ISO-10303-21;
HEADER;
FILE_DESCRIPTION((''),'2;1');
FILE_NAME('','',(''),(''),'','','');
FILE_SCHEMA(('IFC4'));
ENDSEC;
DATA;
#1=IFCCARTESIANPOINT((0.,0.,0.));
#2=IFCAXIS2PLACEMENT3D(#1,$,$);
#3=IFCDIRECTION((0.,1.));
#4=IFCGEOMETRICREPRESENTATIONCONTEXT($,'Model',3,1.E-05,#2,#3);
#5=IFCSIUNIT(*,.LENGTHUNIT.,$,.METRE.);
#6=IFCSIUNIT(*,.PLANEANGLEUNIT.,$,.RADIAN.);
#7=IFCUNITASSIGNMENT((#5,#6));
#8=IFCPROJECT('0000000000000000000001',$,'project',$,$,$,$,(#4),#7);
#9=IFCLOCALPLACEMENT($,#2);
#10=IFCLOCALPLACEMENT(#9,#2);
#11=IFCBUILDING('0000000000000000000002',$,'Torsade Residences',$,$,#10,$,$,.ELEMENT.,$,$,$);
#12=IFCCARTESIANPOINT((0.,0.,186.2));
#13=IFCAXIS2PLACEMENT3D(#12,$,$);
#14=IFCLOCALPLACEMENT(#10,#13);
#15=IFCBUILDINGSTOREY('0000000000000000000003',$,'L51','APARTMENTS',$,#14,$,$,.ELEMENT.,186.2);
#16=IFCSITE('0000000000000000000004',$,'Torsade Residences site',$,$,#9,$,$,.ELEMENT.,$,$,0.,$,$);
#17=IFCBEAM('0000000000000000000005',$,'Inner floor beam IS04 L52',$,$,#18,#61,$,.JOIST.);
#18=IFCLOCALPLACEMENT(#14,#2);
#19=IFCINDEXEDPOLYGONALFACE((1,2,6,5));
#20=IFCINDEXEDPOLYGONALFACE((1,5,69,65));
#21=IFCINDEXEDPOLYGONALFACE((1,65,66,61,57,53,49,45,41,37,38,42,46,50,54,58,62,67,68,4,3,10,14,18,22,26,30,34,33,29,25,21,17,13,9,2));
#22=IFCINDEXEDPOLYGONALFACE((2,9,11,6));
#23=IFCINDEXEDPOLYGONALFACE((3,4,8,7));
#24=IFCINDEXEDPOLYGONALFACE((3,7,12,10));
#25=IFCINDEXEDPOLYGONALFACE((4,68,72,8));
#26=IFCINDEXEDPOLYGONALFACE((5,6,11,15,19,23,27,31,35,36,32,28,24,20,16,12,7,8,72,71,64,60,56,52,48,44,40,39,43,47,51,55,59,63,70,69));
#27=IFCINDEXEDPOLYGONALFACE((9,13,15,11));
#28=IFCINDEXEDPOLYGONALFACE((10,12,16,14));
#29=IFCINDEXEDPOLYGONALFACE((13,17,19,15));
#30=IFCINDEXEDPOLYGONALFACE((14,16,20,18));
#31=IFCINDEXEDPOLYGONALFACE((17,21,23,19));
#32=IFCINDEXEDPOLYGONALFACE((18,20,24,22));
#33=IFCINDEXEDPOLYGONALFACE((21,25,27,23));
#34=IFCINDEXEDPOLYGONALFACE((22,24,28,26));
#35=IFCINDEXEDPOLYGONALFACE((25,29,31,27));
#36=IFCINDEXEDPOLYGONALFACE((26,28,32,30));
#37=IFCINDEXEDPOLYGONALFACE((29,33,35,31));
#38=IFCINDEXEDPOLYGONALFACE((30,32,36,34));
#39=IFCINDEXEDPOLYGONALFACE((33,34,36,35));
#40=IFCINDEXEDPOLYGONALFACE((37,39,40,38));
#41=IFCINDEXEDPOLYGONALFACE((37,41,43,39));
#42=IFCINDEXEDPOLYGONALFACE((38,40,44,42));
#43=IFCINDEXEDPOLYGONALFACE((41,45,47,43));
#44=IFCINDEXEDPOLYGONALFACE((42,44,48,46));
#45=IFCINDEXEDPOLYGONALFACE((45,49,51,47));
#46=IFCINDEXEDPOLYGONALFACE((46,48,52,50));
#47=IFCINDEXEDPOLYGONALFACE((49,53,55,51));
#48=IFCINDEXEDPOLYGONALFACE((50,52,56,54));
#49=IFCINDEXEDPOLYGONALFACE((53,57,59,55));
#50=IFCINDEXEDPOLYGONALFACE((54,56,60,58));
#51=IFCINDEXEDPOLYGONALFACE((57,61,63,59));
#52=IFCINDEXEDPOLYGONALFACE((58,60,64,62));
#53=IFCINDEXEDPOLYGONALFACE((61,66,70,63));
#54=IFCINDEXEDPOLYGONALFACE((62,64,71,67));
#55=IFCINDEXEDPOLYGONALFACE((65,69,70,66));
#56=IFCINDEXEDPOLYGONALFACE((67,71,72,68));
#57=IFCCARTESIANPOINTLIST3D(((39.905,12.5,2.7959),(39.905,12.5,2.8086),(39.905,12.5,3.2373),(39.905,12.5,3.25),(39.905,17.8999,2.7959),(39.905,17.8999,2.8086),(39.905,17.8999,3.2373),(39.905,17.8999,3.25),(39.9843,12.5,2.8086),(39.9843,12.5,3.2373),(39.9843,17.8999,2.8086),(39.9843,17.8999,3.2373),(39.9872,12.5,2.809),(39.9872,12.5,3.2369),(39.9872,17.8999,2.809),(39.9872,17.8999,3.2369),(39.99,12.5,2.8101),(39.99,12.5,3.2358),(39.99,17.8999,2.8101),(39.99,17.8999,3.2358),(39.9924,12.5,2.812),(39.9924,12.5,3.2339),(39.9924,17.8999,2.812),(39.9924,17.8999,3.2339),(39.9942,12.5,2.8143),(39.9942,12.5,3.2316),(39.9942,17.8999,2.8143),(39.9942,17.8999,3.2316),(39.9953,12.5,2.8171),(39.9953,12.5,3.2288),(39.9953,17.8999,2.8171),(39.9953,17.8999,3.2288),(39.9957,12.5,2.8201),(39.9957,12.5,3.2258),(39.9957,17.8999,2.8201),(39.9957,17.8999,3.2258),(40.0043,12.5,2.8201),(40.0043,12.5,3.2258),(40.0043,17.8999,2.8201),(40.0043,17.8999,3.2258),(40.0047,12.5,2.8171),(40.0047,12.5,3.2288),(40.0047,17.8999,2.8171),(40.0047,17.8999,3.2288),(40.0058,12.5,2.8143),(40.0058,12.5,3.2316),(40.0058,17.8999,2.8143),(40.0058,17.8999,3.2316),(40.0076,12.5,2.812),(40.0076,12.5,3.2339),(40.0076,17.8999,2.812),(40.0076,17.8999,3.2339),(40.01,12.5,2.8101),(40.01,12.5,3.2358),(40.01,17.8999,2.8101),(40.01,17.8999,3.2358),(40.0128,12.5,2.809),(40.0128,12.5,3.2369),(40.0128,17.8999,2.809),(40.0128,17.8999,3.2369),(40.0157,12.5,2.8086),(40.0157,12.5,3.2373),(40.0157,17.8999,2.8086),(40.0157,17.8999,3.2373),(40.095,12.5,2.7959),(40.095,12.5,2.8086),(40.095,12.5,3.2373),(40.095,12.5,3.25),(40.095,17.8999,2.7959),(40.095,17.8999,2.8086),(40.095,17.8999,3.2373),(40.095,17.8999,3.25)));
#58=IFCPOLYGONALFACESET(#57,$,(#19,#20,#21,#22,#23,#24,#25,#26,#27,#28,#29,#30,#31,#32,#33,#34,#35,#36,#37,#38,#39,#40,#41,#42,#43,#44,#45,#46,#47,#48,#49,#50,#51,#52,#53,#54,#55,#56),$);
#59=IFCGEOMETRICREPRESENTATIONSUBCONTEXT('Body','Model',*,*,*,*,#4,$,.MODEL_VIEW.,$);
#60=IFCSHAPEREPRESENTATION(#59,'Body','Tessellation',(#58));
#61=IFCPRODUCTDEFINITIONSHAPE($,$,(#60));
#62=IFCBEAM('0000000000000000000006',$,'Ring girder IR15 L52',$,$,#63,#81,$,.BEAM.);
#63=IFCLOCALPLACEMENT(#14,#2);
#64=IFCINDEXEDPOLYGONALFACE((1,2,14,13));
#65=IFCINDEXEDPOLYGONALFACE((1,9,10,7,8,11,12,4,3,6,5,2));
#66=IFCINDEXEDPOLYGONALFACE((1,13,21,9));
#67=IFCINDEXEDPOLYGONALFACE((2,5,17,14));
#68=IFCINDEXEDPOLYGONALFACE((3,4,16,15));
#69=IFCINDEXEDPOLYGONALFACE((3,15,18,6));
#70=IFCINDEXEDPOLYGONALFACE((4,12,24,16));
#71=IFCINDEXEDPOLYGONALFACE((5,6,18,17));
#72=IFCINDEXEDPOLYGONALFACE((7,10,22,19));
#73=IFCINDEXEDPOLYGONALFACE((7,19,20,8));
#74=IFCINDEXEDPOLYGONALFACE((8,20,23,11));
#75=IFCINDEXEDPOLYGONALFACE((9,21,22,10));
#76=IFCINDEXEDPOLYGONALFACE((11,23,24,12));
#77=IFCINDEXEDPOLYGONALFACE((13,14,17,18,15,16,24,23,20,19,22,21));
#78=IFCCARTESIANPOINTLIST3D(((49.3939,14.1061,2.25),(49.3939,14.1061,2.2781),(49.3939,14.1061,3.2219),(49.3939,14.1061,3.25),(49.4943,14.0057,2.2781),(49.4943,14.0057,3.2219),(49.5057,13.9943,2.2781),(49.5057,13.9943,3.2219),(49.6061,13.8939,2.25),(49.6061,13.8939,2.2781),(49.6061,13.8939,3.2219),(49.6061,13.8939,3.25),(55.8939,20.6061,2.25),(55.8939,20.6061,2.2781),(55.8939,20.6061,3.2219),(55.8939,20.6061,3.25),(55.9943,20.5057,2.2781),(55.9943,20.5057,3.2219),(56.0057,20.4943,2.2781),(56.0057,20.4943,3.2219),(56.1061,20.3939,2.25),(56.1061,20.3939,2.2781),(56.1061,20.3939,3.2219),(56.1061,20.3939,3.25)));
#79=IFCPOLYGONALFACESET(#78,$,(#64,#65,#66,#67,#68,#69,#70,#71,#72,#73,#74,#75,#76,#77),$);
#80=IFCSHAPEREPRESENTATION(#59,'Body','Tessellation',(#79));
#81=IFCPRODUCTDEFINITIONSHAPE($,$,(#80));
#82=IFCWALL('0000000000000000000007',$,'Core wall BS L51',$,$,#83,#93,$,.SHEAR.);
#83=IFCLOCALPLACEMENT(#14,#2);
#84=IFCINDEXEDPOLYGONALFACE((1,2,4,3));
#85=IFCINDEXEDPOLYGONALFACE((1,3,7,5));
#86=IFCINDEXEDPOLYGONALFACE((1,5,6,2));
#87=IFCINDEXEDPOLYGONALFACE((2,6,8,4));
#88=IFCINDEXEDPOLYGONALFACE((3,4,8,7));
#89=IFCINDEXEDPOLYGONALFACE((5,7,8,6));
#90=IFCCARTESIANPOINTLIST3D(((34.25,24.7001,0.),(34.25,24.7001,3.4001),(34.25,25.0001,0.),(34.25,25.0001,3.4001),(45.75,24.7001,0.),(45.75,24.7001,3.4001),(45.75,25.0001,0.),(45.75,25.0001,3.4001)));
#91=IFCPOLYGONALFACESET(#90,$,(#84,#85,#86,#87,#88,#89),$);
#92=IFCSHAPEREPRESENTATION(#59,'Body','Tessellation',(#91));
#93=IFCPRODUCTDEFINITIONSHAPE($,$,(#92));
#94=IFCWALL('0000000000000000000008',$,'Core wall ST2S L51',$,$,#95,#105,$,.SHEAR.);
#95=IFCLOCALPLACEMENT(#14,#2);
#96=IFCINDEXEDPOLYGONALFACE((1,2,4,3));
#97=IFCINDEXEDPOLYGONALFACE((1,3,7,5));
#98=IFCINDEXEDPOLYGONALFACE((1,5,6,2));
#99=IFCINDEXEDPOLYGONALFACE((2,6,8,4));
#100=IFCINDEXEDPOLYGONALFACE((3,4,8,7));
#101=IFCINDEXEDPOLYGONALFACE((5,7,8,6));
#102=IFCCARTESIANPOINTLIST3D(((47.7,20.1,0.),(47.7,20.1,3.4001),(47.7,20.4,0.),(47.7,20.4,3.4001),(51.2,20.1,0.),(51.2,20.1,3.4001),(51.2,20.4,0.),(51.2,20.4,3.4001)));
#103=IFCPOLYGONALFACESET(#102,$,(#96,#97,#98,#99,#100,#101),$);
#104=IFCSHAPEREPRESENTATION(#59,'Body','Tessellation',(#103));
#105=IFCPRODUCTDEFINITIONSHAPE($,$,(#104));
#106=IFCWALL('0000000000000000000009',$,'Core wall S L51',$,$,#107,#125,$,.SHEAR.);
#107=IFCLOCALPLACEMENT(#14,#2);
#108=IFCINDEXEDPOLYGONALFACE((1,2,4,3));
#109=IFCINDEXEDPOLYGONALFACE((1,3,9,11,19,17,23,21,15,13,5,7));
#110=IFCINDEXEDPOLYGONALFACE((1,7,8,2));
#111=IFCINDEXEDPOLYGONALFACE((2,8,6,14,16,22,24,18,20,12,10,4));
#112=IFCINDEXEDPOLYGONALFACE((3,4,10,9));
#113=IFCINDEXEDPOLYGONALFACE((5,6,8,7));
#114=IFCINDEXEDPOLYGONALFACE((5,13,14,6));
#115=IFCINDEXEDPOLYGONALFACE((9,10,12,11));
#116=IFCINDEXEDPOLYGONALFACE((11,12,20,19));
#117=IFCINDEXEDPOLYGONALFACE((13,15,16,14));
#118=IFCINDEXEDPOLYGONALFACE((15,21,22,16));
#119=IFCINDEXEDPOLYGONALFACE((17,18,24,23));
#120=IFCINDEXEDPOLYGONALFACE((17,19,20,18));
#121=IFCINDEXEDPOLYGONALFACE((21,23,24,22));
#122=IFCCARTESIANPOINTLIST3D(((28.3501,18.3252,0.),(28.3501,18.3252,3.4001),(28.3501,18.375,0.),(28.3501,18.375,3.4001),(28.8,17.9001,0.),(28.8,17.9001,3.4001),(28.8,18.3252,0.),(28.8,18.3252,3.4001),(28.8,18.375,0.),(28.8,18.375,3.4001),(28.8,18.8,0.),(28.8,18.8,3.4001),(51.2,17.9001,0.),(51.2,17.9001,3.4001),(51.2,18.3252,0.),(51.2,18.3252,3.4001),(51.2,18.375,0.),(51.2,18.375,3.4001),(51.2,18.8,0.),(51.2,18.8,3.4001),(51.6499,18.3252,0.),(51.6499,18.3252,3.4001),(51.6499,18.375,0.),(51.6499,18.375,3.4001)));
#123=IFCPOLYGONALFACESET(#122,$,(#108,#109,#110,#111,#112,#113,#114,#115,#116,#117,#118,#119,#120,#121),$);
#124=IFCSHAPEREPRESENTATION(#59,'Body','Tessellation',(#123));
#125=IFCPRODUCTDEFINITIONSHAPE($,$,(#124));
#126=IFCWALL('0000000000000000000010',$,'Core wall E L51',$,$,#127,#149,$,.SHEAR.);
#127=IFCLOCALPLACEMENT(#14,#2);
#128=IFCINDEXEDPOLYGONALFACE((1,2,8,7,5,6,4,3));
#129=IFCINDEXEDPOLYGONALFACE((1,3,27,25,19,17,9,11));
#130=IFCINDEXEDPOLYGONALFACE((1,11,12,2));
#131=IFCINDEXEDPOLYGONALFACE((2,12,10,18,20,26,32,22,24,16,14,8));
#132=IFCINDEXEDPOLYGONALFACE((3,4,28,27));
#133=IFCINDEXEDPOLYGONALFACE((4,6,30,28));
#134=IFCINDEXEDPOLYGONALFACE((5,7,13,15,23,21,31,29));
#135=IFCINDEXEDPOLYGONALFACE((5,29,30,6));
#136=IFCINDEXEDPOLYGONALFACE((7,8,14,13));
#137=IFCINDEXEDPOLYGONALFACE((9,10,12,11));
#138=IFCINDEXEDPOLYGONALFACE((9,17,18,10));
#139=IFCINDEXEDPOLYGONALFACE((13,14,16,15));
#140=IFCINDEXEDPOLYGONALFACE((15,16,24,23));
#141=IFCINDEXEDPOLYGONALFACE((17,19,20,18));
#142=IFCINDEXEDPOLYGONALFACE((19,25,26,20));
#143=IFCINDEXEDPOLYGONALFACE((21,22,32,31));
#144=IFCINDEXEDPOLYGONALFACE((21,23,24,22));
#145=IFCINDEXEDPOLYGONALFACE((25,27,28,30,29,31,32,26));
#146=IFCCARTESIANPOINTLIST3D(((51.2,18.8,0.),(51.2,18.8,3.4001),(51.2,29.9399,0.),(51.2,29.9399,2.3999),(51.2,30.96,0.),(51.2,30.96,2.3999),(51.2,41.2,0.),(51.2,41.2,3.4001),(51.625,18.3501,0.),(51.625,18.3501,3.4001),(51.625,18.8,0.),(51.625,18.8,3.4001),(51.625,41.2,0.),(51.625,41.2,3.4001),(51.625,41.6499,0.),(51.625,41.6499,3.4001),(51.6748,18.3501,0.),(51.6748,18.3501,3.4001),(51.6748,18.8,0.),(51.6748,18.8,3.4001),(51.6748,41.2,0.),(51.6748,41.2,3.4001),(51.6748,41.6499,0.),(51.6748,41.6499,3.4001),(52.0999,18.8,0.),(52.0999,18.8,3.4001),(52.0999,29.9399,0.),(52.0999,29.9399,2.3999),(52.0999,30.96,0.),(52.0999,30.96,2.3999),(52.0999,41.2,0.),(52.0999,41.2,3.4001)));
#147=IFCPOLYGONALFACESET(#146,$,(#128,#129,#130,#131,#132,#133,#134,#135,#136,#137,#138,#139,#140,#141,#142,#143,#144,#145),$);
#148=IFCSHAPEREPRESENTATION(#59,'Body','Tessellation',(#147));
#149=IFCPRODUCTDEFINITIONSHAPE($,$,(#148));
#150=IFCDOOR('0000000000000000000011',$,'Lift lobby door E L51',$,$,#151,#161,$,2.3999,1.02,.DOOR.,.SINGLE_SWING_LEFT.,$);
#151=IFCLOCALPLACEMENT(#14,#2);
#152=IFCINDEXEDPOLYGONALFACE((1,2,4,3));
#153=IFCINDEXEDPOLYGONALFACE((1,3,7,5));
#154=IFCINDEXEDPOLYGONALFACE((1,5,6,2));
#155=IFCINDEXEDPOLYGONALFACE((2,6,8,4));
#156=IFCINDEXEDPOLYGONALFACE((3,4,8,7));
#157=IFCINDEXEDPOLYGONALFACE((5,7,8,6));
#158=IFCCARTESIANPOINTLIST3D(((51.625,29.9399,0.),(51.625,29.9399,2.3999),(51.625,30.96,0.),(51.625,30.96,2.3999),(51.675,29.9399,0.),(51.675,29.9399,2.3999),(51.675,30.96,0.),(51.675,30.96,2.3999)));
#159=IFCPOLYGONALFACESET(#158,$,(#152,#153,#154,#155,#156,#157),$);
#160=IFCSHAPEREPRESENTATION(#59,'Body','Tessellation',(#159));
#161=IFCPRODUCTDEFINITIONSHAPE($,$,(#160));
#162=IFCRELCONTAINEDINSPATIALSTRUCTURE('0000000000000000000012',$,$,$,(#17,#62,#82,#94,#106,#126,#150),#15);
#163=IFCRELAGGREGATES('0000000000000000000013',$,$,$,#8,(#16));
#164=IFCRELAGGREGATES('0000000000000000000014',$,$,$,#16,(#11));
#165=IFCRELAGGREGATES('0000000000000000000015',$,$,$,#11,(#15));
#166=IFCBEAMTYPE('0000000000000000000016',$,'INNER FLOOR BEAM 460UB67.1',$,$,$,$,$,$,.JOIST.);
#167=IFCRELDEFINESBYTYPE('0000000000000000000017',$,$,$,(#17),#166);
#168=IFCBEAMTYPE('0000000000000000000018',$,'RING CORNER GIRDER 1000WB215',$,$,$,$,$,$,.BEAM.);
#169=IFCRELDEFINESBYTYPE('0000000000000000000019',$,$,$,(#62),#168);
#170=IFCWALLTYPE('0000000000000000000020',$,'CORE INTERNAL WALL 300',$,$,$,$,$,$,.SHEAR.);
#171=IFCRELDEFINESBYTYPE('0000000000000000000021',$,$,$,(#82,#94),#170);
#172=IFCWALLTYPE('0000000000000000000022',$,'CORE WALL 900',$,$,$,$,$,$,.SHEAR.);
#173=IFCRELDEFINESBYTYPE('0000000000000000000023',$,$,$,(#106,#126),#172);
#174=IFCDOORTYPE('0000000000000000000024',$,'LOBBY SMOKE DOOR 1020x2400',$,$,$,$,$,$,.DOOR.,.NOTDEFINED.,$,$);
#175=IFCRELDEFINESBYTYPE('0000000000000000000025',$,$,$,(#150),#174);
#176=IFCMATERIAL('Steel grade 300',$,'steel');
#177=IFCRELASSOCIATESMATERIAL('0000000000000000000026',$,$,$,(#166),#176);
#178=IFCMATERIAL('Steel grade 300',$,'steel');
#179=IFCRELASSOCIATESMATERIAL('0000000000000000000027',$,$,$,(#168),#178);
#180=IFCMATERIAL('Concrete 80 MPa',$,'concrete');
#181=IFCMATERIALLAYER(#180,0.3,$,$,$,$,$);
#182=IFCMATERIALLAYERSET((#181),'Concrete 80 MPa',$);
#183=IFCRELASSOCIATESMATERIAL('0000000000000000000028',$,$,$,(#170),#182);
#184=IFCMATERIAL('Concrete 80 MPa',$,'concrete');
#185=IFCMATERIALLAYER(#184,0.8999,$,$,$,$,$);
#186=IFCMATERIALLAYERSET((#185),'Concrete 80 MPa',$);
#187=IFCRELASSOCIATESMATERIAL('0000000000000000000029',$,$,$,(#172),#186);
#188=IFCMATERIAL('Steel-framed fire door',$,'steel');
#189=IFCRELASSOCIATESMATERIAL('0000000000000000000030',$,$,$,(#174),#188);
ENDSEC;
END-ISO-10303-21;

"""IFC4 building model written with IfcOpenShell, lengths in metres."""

from ifc_helpers import new_model, si_unit, direction, frame, frame_2d, origin, origin_2d, place, context, subcontext, project, spatial, polyline, rectangle, i_section, outline, extrude, material, layer, layer_set, material_profile, profile_set, type_object, element, fill, save


model = new_model("IFC4")

# Units and contexts
model_context = context("Model", 3, precision=1e-05, world=origin(), true_north=direction((0.0, 1.0)))
body_context = subcontext(model_context, "Body", "Model", "MODEL_VIEW")
ifc_project = project(units=[si_unit("LENGTHUNIT", "METRE"), si_unit("PLANEANGLEUNIT", "RADIAN")], contexts=[model_context])

# Site, building, storey
site_placement = place(None, origin())
site = spatial("IfcSite", under=ifc_project, at=site_placement, Name="Torsade Residences site", CompositionType="ELEMENT", RefElevation=0.0)
building_placement = place(site_placement, origin())
building = spatial("IfcBuilding", under=site, at=building_placement, Name="Torsade Residences", CompositionType="ELEMENT")
storey_placement = place(building_placement, frame((0.0, 0.0, 186.2)))
storey = spatial("IfcBuildingStorey", under=building, at=storey_placement, Name="L51", Description="APARTMENTS", CompositionType="ELEMENT", Elevation=186.2)

# Beams
ifc_material_1 = material(Name="Steel grade 300", Category="steel")
ifc_material_profile_1 = material_profile(ifc_material_1, i_section(OverallWidth=0.1899, OverallDepth=0.4541, WebThickness=0.0085, FlangeThickness=0.0127, FilletRadius=0.0115, at=origin_2d()), Name="460UB67.1")
ifc_profile_set_1 = profile_set([ifc_material_profile_1], Name="Steel grade 300")
beam_type_1 = type_object("IfcBeamType", Name="INNER FLOOR BEAM 460UB67.1", PredefinedType="JOIST", material=ifc_profile_set_1)
for number, where, z_axis, x_axis, name in (
    (1, (40.0, 17.8999, 3.0229), (0.0, -1.0, 0.0), (1.0, 0.0, 0.0), "Inner floor beam IS04 L52"),
):
    element("IfcBeam", number, at=place(storey_placement, frame(where, z_axis=z_axis, x_axis=x_axis)), inside=storey, type_object=beam_type_1, Name=name, PredefinedType="JOIST", context=body_context, shape_type="SweptSolid", body=[
        extrude(i_section(OverallWidth=0.1899, OverallDepth=0.4541, WebThickness=0.0085, FlangeThickness=0.0127, FilletRadius=0.0115, at=origin_2d()), origin(), (0.0, 0.0, 1.0), 5.3999),
    ])
ifc_material_2 = material(Name="Steel grade 300", Category="steel")
ifc_material_profile_2 = material_profile(ifc_material_2, i_section(OverallWidth=0.3, OverallDepth=1.0, WebThickness=0.0161, FlangeThickness=0.0281, at=origin_2d()), Name="1000WB215")
ifc_profile_set_2 = profile_set([ifc_material_profile_2], Name="Steel grade 300")
beam_type_2 = type_object("IfcBeamType", Name="RING CORNER GIRDER 1000WB215", PredefinedType="BEAM", material=ifc_profile_set_2)
beam_1_placement = place(storey_placement, frame((49.5, 14.0, 2.75), z_axis=(0.707107, 0.707107, 0.0), x_axis=(-0.707107, 0.707107, 0.0)))
element("IfcBeam", 2, at=beam_1_placement, inside=storey, type_object=beam_type_2, Name="Ring girder IR15 L52", PredefinedType="BEAM", context=body_context, shape_type="SweptSolid", body=[
    extrude(i_section(OverallWidth=0.3, OverallDepth=1.0, WebThickness=0.0161, FlangeThickness=0.0281, at=origin_2d()), origin(), (0.0, 0.0, 1.0), 9.1924),
])

# Walls
ifc_material_3 = material(Name="Concrete 80 MPa", Category="concrete")
ifc_layer_1 = layer(ifc_material_3, 0.3)
ifc_layer_set_1 = layer_set([ifc_layer_1], Name="Concrete 80 MPa")
wall_type_1 = type_object("IfcWallType", Name="CORE INTERNAL WALL 300", PredefinedType="SHEAR", material=ifc_layer_set_1)
wall_1_placement = place(storey_placement, frame((45.75, 24.8501, 0.0), z_axis=(0.0, 0.0, 1.0), x_axis=(-1.0, 0.0, 0.0)))
element("IfcWall", 3, at=wall_1_placement, inside=storey, type_object=wall_type_1, Name="Core wall BS L51", PredefinedType="SHEAR", context=body_context, shape_type="SweptSolid", body=[
    extrude(rectangle(XDim=11.5, YDim=0.3, at=frame_2d((5.75, 0.0))), origin(), (0.0, 0.0, 1.0), 3.4001),
])
wall_2_placement = place(storey_placement, frame((51.2, 20.25, 0.0), z_axis=(0.0, 0.0, 1.0), x_axis=(-1.0, 0.0, 0.0)))
element("IfcWall", 4, at=wall_2_placement, inside=storey, type_object=wall_type_1, Name="Core wall ST2S L51", PredefinedType="SHEAR", context=body_context, shape_type="SweptSolid", body=[
    extrude(rectangle(XDim=3.5, YDim=0.3, at=frame_2d((1.75, 0.0))), origin(), (0.0, 0.0, 1.0), 3.4001),
])
ifc_material_4 = material(Name="Concrete 80 MPa", Category="concrete")
ifc_layer_2 = layer(ifc_material_4, 0.8999)
ifc_layer_set_2 = layer_set([ifc_layer_2], Name="Concrete 80 MPa")
wall_type_2 = type_object("IfcWallType", Name="CORE WALL 900", PredefinedType="SHEAR", material=ifc_layer_set_2)
wall_3_placement = place(storey_placement, frame((51.2, 18.3501, 0.0), z_axis=(0.0, 0.0, 1.0), x_axis=(-1.0, 0.0, 0.0)))
element("IfcWall", 5, at=wall_3_placement, inside=storey, type_object=wall_type_2, Name="Core wall S L51", PredefinedType="SHEAR", context=body_context, shape_type="SweptSolid", body=[
    extrude(outline(polyline([(0.0, -0.45), (22.3999, -0.45), (22.3999, -0.0249), (22.8499, -0.0249), (22.8499, 0.0249), (22.3999, 0.0249), (22.3999, 0.45), (0.0, 0.45), (0.0, 0.0249), (-0.45, 0.0249), (-0.45, -0.0249), (0.0, -0.0249), (0.0, -0.45)])), origin(), (0.0, 0.0, 1.0), 3.4001),
])

# Wall, opening, door
wall_4_placement = place(storey_placement, frame((51.6499, 18.8, 0.0), z_axis=(0.0, 0.0, 1.0), x_axis=(0.0, 1.0, 0.0)))
wall_4 = element("IfcWall", 6, at=wall_4_placement, inside=storey, type_object=wall_type_2, Name="Core wall E L51", PredefinedType="SHEAR", context=body_context, shape_type="SweptSolid", body=[
    extrude(outline(polyline([(0.0, -0.45), (22.3999, -0.45), (22.3999, -0.0249), (22.8499, -0.0249), (22.8499, 0.0249), (22.3999, 0.0249), (22.3999, 0.45), (0.0, 0.45), (0.0, 0.0249), (-0.45, 0.0249), (-0.45, -0.0249), (0.0, -0.0249), (0.0, -0.45)])), origin(), (0.0, 0.0, 1.0), 3.4001),
])
opening_1_placement = place(wall_4_placement, frame((11.1399, 0.0, 0.0)))
opening_1 = element("IfcOpeningElement", 7, at=opening_1_placement, cuts=wall_4, PredefinedType="OPENING", context=body_context, shape_type="SweptSolid", body=[
    extrude(rectangle(XDim=1.02, YDim=2.3999, at=frame_2d((0.51, 1.2))), frame((0.0, 0.46, 0.0), z_axis=(0.0, -1.0, 0.0), x_axis=(1.0, 0.0, 0.0)), (0.0, 0.0, 1.0), 0.9199),
])
ifc_material_5 = material(Name="Steel-framed fire door", Category="steel")
door_type_1 = type_object("IfcDoorType", Name="LOBBY SMOKE DOOR 1020x2400", OperationType="NOTDEFINED", PredefinedType="DOOR", material=ifc_material_5)
door_1_placement = place(opening_1_placement, origin())
door_1 = element("IfcDoor", 8, at=door_1_placement, inside=storey, type_object=door_type_1, Name="Lift lobby door E L51", OperationType="SINGLE_SWING_LEFT", OverallHeight=2.3999, OverallWidth=1.02, PredefinedType="DOOR", context=body_context, shape_type="SweptSolid", body=[
    extrude(rectangle(XDim=1.02, YDim=2.3999, at=frame_2d((0.51, 1.2))), frame((0.0, 0.0249, 0.0), z_axis=(0.0, -1.0, 0.0), x_axis=(1.0, 0.0, 0.0)), (0.0, 0.0, 1.0), 0.05),
])
fill(opening_1, door_1)

save(model, "model.ifc")
